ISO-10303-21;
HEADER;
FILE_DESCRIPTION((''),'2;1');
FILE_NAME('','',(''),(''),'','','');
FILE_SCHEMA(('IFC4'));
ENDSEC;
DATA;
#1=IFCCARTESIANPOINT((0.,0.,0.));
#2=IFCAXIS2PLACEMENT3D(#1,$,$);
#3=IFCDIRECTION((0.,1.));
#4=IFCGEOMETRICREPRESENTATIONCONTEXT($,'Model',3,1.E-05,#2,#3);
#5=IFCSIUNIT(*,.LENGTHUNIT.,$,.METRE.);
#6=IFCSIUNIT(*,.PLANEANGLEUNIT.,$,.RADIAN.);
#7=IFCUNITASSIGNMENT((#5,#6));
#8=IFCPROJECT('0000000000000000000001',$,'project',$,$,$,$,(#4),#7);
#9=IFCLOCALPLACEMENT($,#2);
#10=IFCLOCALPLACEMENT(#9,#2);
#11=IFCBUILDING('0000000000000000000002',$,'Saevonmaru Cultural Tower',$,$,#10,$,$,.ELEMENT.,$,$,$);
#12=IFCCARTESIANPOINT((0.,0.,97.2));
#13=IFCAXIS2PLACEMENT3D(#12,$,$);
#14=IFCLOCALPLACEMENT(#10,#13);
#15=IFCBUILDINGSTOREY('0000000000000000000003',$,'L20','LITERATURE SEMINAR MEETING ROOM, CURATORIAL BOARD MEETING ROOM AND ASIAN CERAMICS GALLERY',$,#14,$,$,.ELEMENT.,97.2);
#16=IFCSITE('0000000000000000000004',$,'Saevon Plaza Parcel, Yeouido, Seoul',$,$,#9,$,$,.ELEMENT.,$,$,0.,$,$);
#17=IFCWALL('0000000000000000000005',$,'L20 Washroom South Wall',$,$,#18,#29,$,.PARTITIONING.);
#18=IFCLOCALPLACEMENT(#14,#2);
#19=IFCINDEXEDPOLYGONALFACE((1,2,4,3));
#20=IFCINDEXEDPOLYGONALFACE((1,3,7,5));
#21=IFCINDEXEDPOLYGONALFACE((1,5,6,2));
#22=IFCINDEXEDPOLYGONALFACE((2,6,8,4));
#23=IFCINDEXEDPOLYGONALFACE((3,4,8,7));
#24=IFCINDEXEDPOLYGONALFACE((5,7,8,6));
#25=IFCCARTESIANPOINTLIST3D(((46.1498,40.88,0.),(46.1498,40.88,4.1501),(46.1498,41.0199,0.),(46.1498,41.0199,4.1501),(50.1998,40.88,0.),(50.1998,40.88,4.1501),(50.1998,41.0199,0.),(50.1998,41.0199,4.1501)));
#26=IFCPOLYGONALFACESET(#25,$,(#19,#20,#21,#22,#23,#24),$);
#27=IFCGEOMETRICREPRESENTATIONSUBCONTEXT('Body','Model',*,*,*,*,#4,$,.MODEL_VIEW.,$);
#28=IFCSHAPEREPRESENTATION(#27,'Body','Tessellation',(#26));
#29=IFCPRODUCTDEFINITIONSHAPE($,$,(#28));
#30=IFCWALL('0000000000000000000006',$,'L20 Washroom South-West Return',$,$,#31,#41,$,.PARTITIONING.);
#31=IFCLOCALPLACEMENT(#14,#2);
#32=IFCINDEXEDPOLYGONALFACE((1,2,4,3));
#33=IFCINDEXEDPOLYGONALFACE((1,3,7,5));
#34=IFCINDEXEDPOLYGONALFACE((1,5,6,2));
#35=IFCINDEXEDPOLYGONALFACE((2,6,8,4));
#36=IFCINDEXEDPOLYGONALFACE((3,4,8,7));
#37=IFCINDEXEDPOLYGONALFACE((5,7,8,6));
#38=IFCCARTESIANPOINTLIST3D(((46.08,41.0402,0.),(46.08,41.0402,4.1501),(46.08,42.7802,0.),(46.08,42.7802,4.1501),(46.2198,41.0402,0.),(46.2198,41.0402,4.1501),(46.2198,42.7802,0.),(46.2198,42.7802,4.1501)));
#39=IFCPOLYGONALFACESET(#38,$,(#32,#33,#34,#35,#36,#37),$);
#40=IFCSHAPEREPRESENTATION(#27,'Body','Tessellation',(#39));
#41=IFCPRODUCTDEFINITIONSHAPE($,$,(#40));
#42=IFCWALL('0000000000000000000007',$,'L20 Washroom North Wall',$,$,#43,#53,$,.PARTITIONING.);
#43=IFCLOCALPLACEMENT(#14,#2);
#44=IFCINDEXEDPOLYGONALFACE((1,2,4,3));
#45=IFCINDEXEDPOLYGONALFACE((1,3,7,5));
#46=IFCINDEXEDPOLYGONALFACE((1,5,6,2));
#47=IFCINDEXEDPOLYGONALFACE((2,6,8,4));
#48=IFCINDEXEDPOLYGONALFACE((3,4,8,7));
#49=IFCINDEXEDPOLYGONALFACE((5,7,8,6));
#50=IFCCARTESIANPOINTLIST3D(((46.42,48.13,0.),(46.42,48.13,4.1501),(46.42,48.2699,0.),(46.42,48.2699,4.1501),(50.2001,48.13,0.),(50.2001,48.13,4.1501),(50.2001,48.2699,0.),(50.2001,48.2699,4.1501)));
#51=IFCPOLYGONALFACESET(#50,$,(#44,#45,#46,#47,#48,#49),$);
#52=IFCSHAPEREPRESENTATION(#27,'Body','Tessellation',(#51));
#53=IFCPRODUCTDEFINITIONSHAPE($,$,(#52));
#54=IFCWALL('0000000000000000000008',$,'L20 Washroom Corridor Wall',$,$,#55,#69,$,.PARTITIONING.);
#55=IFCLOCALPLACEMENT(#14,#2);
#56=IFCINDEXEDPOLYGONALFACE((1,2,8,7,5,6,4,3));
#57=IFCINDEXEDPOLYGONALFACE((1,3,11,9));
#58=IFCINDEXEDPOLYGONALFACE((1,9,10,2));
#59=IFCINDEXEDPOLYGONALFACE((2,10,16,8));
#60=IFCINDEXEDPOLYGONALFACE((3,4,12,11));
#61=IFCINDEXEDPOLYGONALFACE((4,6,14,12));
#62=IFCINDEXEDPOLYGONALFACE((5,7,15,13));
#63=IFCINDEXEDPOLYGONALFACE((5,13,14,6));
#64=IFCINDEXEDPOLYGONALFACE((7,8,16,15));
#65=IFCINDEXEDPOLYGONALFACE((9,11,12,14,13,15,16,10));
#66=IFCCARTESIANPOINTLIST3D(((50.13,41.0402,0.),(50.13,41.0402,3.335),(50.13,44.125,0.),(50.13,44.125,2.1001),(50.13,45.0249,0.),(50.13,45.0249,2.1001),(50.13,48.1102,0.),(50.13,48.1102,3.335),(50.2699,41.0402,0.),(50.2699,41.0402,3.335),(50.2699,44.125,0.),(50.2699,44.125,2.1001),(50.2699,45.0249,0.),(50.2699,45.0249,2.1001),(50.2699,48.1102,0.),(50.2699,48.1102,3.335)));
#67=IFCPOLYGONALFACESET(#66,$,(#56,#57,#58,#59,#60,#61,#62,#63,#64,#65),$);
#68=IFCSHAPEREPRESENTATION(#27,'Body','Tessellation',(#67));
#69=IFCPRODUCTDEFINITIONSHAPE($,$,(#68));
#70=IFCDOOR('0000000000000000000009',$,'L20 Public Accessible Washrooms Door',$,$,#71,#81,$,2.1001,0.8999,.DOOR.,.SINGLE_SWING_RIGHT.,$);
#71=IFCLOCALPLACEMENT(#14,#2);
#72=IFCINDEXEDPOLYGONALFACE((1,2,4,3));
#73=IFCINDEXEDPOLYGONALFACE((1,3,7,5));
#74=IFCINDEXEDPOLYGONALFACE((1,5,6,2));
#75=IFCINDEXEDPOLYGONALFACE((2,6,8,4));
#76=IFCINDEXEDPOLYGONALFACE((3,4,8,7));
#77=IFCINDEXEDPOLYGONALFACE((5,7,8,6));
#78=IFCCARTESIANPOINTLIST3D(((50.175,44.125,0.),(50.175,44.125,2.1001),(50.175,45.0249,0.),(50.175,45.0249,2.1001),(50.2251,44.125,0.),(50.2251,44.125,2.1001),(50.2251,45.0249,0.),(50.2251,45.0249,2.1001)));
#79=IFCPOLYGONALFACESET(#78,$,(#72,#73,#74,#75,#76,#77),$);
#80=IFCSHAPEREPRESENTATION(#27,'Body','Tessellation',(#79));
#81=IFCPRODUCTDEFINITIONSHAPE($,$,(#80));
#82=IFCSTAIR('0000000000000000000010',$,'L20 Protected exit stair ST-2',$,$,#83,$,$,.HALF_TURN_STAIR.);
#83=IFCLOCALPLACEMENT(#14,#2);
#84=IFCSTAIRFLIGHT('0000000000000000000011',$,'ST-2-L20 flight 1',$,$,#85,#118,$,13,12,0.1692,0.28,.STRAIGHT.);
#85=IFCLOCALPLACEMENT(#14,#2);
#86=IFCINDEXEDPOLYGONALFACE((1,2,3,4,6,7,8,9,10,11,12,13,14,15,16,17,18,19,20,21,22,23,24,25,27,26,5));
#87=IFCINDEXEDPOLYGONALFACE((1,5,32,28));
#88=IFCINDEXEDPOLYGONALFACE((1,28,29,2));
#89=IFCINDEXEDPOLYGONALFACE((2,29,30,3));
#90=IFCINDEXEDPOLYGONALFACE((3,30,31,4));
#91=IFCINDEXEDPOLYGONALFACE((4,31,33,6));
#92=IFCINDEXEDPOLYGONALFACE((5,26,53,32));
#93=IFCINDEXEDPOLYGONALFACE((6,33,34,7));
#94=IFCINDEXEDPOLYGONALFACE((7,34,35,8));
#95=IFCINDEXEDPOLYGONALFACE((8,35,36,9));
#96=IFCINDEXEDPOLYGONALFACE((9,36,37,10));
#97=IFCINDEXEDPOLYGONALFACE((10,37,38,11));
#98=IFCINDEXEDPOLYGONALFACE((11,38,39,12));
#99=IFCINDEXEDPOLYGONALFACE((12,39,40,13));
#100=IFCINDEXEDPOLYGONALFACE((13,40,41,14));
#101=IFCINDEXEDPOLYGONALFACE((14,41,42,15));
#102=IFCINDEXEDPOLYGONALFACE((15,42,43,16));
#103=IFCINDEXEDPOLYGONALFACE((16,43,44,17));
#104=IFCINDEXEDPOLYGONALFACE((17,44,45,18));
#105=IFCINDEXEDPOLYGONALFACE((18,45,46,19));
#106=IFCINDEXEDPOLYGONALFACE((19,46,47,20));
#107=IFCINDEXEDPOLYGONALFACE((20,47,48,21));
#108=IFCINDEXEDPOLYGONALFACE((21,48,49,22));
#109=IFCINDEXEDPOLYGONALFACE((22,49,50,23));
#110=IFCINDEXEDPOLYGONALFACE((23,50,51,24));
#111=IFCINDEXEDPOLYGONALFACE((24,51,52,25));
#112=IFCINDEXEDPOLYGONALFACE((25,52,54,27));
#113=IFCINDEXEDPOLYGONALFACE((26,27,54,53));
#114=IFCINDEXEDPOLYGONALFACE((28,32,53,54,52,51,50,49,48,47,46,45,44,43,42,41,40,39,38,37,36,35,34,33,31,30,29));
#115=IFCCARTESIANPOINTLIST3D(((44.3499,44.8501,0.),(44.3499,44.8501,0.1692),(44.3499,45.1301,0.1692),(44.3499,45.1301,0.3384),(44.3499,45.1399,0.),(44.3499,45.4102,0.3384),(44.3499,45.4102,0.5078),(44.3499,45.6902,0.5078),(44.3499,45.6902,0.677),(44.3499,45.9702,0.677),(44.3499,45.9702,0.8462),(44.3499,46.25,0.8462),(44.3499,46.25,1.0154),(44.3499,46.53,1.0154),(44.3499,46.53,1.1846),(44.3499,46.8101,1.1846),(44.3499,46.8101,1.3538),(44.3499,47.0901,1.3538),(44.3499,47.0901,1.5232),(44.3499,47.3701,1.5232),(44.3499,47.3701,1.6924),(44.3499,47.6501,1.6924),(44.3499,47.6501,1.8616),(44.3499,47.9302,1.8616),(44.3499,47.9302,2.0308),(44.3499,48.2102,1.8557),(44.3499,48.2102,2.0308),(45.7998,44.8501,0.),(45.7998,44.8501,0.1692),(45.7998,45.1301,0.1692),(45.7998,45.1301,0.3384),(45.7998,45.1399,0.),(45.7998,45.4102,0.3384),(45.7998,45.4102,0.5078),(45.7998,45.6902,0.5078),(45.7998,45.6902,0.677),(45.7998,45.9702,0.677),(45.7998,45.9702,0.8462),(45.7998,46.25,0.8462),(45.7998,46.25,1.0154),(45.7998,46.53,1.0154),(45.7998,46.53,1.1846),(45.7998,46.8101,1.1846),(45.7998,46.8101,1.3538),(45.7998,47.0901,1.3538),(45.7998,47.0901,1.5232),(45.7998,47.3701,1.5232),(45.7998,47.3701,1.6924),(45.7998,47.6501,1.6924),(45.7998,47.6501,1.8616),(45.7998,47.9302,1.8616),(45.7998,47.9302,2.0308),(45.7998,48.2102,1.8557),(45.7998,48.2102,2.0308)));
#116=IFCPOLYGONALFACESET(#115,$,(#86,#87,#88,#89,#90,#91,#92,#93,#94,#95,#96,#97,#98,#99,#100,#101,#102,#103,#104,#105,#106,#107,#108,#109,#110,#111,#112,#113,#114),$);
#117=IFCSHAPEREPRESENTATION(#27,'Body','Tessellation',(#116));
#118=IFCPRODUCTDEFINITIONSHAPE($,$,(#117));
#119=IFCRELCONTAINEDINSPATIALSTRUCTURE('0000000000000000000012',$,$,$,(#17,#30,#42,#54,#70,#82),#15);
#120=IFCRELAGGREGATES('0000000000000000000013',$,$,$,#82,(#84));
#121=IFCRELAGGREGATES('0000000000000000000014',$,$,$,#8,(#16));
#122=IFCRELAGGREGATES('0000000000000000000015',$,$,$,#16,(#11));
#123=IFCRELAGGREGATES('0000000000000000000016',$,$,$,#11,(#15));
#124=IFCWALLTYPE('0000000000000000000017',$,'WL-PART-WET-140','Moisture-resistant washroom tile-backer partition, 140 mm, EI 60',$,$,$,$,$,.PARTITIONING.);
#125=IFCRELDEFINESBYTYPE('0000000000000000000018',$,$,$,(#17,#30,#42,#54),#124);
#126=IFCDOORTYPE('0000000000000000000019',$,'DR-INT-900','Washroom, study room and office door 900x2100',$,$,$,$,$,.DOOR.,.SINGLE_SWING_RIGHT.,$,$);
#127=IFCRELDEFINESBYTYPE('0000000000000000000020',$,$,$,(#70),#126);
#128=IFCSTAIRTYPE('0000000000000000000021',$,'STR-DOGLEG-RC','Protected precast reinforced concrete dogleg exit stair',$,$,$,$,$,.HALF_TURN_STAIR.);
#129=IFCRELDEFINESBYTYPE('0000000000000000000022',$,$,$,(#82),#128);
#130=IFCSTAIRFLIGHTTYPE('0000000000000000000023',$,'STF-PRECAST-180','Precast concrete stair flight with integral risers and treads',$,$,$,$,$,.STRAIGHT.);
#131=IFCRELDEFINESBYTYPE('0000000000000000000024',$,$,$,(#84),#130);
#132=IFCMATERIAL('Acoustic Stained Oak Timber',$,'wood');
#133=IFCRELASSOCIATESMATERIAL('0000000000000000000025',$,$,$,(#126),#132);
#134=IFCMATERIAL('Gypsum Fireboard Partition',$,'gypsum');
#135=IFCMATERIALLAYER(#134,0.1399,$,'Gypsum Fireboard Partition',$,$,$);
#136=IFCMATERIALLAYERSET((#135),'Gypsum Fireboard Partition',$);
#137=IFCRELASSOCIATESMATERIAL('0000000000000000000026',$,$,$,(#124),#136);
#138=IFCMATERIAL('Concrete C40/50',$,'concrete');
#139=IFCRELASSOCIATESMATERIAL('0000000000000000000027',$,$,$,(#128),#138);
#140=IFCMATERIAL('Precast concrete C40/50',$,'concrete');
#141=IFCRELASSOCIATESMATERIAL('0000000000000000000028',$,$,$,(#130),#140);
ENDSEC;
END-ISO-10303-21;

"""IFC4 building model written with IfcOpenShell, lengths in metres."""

from ifc_helpers import new_model, si_unit, direction, frame, frame_2d, origin, place, context, subcontext, project, spatial, polyline, rectangle, outline, extrude, material, layer, layer_set, type_object, element, fill, aggregate, save


model = new_model("IFC4")

# Units and contexts
model_context = context("Model", 3, precision=1e-05, world=origin(), true_north=direction((0.0, 1.0)))
body_context = subcontext(model_context, "Body", "Model", "MODEL_VIEW")
ifc_project = project(units=[si_unit("LENGTHUNIT", "METRE"), si_unit("PLANEANGLEUNIT", "RADIAN")], contexts=[model_context])

# Site, building, storey
site_placement = place(None, origin())
site = spatial("IfcSite", under=ifc_project, at=site_placement, Name="Saevon Plaza Parcel, Yeouido, Seoul", CompositionType="ELEMENT", RefElevation=0.0)
building_placement = place(site_placement, origin())
building = spatial("IfcBuilding", under=site, at=building_placement, Name="Saevonmaru Cultural Tower", CompositionType="ELEMENT")
storey_placement = place(building_placement, frame((0.0, 0.0, 97.2)))
storey = spatial("IfcBuildingStorey", under=building, at=storey_placement, Name="L20", Description="LITERATURE SEMINAR MEETING ROOM, CURATORIAL BOARD MEETING ROOM AND ASIAN CERAMICS GALLERY", CompositionType="ELEMENT", Elevation=97.2)

# Shared definitions
ifc_material_1 = material(Name="Gypsum Fireboard Partition", Category="gypsum")
ifc_material_2 = material(Name="Acoustic Stained Oak Timber", Category="wood")
door_type_1 = type_object("IfcDoorType", Name="DR-INT-900", Description="Washroom, study room and office door 900x2100", OperationType="SINGLE_SWING_RIGHT", PredefinedType="DOOR", material=ifc_material_2)

# Walls
ifc_layer_1 = layer(ifc_material_1, 0.1399, Name="Gypsum Fireboard Partition")
ifc_layer_set_1 = layer_set([ifc_layer_1], Name="Gypsum Fireboard Partition")
wall_type_1 = type_object("IfcWallType", Name="WL-PART-WET-140", Description="Moisture-resistant washroom tile-backer partition, 140 mm, EI 60", PredefinedType="PARTITIONING", material=ifc_layer_set_1)
wall_1_placement = place(storey_placement, frame((46.1499, 40.95, 0.0), z_axis=(0.0, 0.0, 1.0), x_axis=(1.0, 0.0, 0.0)))
element("IfcWall", 1, at=wall_1_placement, inside=storey, type_object=wall_type_1, Name="L20 Washroom South Wall", PredefinedType="PARTITIONING", context=body_context, shape_type="SweptSolid", body=[
    extrude(rectangle(XDim=4.05, YDim=0.1399, at=frame_2d((2.0249, 0.0))), origin(), (0.0, 0.0, 1.0), 4.1501),
])
wall_2_placement = place(storey_placement, frame((46.1499, 41.04, 0.0), z_axis=(0.0, 0.0, 1.0), x_axis=(0.0, 1.0, 0.0)))
element("IfcWall", 2, at=wall_2_placement, inside=storey, type_object=wall_type_1, Name="L20 Washroom South-West Return", PredefinedType="PARTITIONING", context=body_context, shape_type="SweptSolid", body=[
    extrude(rectangle(XDim=1.74, YDim=0.1399, at=frame_2d((0.8701, 0.0))), origin(), (0.0, 0.0, 1.0), 4.1501),
])
wall_3_placement = place(storey_placement, frame((46.4199, 48.2, 0.0), z_axis=(0.0, 0.0, 1.0), x_axis=(1.0, 0.0, 0.0)))
element("IfcWall", 3, at=wall_3_placement, inside=storey, type_object=wall_type_1, Name="L20 Washroom North Wall", PredefinedType="PARTITIONING", context=body_context, shape_type="SweptSolid", body=[
    extrude(rectangle(XDim=3.78, YDim=0.1399, at=frame_2d((1.8901, 0.0))), origin(), (0.0, 0.0, 1.0), 4.1501),
])

# Wall, opening, door
wall_4_placement = place(storey_placement, frame((50.2, 41.04, 0.0), z_axis=(0.0, 0.0, 1.0), x_axis=(0.0, 1.0, 0.0)))
wall_4 = element("IfcWall", 4, at=wall_4_placement, inside=storey, type_object=wall_type_1, Name="L20 Washroom Corridor Wall", PredefinedType="PARTITIONING", context=body_context, shape_type="SweptSolid", body=[
    extrude(rectangle(XDim=7.0701, YDim=0.1399, at=frame_2d((3.5352, 0.0))), origin(), (0.0, 0.0, 1.0), 3.335),
])
opening_1_placement = place(wall_4_placement, frame((3.085, 0.0, 0.0)))
opening_1 = element("IfcOpeningElement", 5, at=opening_1_placement, cuts=wall_4, PredefinedType="OPENING", context=body_context, shape_type="SweptSolid", body=[
    extrude(rectangle(XDim=0.8999, YDim=2.1001, at=frame_2d((0.45, 1.05))), frame((0.0, 0.0801, 0.0), z_axis=(0.0, -1.0, 0.0), x_axis=(1.0, 0.0, 0.0)), (0.0, 0.0, 1.0), 0.1599),
])
door_1_placement = place(opening_1_placement, origin())
door_1 = element("IfcDoor", 6, at=door_1_placement, inside=storey, type_object=door_type_1, Name="L20 Public Accessible Washrooms Door", OperationType="SINGLE_SWING_RIGHT", OverallHeight=2.1001, OverallWidth=0.8999, PredefinedType="DOOR", context=body_context, shape_type="SweptSolid", body=[
    extrude(rectangle(XDim=0.8999, YDim=2.1001, at=frame_2d((0.45, 1.05))), frame((0.0, 0.0249, 0.0), z_axis=(0.0, -1.0, 0.0), x_axis=(1.0, 0.0, 0.0)), (0.0, 0.0, 1.0), 0.05),
])
fill(opening_1, door_1)

# Stair, stair flight
ifc_material_3 = material(Name="Concrete C40/50", Category="concrete")
stair_type = type_object("IfcStairType", Name="STR-DOGLEG-RC", Description="Protected precast reinforced concrete dogleg exit stair", PredefinedType="HALF_TURN_STAIR", material=ifc_material_3)
stair_placement = place(storey_placement, origin())
stair = element("IfcStair", 7, at=stair_placement, inside=storey, type_object=stair_type, Name="L20 Protected exit stair ST-2", PredefinedType="HALF_TURN_STAIR")
ifc_material_4 = material(Name="Precast concrete C40/50", Category="concrete")
stair_flight_type = type_object("IfcStairFlightType", Name="STF-PRECAST-180", Description="Precast concrete stair flight with integral risers and treads", PredefinedType="STRAIGHT", material=ifc_material_4)
stair_flight_placement = place(storey_placement, frame((45.075, 44.8501, 0.0), z_axis=(0.0, 0.0, 1.0), x_axis=(0.0, 1.0, 0.0)))
stair_flight = element("IfcStairFlight", 8, at=stair_flight_placement, type_object=stair_flight_type, Name="ST-2-L20 flight 1", NumberOfRisers=13, NumberOfTreads=12, PredefinedType="STRAIGHT", RiserHeight=0.1692, TreadLength=0.28, context=body_context, shape_type="SweptSolid", body=[
    extrude(outline(polyline([(0.0, 0.0), (0.0, 0.1692), (0.28, 0.1692), (0.28, 0.3384), (0.5601, 0.3384), (0.5601, 0.5078), (0.8401, 0.5078), (0.8401, 0.677), (1.1201, 0.677), (1.1201, 0.8462), (1.3999, 0.8462), (1.3999, 1.0154), (1.6799, 1.0154), (1.6799, 1.1846), (1.96, 1.1846), (1.96, 1.3538), (2.24, 1.3538), (2.24, 1.5232), (2.52, 1.5232), (2.52, 1.6924), (2.8, 1.6924), (2.8, 1.8616), (3.0801, 1.8616), (3.0801, 2.0308), (3.3601, 2.0308), (3.3601, 2.2), (3.3601, 1.8557), (0.2898, 0.0), (0.0, 0.0)])), frame((0.0, 0.7251, 0.0), z_axis=(0.0, -1.0, 0.0), x_axis=(1.0, 0.0, 0.0)), (0.0, 0.0, 1.0), 1.45),
])
aggregate(stair, [stair_flight])

save(model, "model.ifc")
